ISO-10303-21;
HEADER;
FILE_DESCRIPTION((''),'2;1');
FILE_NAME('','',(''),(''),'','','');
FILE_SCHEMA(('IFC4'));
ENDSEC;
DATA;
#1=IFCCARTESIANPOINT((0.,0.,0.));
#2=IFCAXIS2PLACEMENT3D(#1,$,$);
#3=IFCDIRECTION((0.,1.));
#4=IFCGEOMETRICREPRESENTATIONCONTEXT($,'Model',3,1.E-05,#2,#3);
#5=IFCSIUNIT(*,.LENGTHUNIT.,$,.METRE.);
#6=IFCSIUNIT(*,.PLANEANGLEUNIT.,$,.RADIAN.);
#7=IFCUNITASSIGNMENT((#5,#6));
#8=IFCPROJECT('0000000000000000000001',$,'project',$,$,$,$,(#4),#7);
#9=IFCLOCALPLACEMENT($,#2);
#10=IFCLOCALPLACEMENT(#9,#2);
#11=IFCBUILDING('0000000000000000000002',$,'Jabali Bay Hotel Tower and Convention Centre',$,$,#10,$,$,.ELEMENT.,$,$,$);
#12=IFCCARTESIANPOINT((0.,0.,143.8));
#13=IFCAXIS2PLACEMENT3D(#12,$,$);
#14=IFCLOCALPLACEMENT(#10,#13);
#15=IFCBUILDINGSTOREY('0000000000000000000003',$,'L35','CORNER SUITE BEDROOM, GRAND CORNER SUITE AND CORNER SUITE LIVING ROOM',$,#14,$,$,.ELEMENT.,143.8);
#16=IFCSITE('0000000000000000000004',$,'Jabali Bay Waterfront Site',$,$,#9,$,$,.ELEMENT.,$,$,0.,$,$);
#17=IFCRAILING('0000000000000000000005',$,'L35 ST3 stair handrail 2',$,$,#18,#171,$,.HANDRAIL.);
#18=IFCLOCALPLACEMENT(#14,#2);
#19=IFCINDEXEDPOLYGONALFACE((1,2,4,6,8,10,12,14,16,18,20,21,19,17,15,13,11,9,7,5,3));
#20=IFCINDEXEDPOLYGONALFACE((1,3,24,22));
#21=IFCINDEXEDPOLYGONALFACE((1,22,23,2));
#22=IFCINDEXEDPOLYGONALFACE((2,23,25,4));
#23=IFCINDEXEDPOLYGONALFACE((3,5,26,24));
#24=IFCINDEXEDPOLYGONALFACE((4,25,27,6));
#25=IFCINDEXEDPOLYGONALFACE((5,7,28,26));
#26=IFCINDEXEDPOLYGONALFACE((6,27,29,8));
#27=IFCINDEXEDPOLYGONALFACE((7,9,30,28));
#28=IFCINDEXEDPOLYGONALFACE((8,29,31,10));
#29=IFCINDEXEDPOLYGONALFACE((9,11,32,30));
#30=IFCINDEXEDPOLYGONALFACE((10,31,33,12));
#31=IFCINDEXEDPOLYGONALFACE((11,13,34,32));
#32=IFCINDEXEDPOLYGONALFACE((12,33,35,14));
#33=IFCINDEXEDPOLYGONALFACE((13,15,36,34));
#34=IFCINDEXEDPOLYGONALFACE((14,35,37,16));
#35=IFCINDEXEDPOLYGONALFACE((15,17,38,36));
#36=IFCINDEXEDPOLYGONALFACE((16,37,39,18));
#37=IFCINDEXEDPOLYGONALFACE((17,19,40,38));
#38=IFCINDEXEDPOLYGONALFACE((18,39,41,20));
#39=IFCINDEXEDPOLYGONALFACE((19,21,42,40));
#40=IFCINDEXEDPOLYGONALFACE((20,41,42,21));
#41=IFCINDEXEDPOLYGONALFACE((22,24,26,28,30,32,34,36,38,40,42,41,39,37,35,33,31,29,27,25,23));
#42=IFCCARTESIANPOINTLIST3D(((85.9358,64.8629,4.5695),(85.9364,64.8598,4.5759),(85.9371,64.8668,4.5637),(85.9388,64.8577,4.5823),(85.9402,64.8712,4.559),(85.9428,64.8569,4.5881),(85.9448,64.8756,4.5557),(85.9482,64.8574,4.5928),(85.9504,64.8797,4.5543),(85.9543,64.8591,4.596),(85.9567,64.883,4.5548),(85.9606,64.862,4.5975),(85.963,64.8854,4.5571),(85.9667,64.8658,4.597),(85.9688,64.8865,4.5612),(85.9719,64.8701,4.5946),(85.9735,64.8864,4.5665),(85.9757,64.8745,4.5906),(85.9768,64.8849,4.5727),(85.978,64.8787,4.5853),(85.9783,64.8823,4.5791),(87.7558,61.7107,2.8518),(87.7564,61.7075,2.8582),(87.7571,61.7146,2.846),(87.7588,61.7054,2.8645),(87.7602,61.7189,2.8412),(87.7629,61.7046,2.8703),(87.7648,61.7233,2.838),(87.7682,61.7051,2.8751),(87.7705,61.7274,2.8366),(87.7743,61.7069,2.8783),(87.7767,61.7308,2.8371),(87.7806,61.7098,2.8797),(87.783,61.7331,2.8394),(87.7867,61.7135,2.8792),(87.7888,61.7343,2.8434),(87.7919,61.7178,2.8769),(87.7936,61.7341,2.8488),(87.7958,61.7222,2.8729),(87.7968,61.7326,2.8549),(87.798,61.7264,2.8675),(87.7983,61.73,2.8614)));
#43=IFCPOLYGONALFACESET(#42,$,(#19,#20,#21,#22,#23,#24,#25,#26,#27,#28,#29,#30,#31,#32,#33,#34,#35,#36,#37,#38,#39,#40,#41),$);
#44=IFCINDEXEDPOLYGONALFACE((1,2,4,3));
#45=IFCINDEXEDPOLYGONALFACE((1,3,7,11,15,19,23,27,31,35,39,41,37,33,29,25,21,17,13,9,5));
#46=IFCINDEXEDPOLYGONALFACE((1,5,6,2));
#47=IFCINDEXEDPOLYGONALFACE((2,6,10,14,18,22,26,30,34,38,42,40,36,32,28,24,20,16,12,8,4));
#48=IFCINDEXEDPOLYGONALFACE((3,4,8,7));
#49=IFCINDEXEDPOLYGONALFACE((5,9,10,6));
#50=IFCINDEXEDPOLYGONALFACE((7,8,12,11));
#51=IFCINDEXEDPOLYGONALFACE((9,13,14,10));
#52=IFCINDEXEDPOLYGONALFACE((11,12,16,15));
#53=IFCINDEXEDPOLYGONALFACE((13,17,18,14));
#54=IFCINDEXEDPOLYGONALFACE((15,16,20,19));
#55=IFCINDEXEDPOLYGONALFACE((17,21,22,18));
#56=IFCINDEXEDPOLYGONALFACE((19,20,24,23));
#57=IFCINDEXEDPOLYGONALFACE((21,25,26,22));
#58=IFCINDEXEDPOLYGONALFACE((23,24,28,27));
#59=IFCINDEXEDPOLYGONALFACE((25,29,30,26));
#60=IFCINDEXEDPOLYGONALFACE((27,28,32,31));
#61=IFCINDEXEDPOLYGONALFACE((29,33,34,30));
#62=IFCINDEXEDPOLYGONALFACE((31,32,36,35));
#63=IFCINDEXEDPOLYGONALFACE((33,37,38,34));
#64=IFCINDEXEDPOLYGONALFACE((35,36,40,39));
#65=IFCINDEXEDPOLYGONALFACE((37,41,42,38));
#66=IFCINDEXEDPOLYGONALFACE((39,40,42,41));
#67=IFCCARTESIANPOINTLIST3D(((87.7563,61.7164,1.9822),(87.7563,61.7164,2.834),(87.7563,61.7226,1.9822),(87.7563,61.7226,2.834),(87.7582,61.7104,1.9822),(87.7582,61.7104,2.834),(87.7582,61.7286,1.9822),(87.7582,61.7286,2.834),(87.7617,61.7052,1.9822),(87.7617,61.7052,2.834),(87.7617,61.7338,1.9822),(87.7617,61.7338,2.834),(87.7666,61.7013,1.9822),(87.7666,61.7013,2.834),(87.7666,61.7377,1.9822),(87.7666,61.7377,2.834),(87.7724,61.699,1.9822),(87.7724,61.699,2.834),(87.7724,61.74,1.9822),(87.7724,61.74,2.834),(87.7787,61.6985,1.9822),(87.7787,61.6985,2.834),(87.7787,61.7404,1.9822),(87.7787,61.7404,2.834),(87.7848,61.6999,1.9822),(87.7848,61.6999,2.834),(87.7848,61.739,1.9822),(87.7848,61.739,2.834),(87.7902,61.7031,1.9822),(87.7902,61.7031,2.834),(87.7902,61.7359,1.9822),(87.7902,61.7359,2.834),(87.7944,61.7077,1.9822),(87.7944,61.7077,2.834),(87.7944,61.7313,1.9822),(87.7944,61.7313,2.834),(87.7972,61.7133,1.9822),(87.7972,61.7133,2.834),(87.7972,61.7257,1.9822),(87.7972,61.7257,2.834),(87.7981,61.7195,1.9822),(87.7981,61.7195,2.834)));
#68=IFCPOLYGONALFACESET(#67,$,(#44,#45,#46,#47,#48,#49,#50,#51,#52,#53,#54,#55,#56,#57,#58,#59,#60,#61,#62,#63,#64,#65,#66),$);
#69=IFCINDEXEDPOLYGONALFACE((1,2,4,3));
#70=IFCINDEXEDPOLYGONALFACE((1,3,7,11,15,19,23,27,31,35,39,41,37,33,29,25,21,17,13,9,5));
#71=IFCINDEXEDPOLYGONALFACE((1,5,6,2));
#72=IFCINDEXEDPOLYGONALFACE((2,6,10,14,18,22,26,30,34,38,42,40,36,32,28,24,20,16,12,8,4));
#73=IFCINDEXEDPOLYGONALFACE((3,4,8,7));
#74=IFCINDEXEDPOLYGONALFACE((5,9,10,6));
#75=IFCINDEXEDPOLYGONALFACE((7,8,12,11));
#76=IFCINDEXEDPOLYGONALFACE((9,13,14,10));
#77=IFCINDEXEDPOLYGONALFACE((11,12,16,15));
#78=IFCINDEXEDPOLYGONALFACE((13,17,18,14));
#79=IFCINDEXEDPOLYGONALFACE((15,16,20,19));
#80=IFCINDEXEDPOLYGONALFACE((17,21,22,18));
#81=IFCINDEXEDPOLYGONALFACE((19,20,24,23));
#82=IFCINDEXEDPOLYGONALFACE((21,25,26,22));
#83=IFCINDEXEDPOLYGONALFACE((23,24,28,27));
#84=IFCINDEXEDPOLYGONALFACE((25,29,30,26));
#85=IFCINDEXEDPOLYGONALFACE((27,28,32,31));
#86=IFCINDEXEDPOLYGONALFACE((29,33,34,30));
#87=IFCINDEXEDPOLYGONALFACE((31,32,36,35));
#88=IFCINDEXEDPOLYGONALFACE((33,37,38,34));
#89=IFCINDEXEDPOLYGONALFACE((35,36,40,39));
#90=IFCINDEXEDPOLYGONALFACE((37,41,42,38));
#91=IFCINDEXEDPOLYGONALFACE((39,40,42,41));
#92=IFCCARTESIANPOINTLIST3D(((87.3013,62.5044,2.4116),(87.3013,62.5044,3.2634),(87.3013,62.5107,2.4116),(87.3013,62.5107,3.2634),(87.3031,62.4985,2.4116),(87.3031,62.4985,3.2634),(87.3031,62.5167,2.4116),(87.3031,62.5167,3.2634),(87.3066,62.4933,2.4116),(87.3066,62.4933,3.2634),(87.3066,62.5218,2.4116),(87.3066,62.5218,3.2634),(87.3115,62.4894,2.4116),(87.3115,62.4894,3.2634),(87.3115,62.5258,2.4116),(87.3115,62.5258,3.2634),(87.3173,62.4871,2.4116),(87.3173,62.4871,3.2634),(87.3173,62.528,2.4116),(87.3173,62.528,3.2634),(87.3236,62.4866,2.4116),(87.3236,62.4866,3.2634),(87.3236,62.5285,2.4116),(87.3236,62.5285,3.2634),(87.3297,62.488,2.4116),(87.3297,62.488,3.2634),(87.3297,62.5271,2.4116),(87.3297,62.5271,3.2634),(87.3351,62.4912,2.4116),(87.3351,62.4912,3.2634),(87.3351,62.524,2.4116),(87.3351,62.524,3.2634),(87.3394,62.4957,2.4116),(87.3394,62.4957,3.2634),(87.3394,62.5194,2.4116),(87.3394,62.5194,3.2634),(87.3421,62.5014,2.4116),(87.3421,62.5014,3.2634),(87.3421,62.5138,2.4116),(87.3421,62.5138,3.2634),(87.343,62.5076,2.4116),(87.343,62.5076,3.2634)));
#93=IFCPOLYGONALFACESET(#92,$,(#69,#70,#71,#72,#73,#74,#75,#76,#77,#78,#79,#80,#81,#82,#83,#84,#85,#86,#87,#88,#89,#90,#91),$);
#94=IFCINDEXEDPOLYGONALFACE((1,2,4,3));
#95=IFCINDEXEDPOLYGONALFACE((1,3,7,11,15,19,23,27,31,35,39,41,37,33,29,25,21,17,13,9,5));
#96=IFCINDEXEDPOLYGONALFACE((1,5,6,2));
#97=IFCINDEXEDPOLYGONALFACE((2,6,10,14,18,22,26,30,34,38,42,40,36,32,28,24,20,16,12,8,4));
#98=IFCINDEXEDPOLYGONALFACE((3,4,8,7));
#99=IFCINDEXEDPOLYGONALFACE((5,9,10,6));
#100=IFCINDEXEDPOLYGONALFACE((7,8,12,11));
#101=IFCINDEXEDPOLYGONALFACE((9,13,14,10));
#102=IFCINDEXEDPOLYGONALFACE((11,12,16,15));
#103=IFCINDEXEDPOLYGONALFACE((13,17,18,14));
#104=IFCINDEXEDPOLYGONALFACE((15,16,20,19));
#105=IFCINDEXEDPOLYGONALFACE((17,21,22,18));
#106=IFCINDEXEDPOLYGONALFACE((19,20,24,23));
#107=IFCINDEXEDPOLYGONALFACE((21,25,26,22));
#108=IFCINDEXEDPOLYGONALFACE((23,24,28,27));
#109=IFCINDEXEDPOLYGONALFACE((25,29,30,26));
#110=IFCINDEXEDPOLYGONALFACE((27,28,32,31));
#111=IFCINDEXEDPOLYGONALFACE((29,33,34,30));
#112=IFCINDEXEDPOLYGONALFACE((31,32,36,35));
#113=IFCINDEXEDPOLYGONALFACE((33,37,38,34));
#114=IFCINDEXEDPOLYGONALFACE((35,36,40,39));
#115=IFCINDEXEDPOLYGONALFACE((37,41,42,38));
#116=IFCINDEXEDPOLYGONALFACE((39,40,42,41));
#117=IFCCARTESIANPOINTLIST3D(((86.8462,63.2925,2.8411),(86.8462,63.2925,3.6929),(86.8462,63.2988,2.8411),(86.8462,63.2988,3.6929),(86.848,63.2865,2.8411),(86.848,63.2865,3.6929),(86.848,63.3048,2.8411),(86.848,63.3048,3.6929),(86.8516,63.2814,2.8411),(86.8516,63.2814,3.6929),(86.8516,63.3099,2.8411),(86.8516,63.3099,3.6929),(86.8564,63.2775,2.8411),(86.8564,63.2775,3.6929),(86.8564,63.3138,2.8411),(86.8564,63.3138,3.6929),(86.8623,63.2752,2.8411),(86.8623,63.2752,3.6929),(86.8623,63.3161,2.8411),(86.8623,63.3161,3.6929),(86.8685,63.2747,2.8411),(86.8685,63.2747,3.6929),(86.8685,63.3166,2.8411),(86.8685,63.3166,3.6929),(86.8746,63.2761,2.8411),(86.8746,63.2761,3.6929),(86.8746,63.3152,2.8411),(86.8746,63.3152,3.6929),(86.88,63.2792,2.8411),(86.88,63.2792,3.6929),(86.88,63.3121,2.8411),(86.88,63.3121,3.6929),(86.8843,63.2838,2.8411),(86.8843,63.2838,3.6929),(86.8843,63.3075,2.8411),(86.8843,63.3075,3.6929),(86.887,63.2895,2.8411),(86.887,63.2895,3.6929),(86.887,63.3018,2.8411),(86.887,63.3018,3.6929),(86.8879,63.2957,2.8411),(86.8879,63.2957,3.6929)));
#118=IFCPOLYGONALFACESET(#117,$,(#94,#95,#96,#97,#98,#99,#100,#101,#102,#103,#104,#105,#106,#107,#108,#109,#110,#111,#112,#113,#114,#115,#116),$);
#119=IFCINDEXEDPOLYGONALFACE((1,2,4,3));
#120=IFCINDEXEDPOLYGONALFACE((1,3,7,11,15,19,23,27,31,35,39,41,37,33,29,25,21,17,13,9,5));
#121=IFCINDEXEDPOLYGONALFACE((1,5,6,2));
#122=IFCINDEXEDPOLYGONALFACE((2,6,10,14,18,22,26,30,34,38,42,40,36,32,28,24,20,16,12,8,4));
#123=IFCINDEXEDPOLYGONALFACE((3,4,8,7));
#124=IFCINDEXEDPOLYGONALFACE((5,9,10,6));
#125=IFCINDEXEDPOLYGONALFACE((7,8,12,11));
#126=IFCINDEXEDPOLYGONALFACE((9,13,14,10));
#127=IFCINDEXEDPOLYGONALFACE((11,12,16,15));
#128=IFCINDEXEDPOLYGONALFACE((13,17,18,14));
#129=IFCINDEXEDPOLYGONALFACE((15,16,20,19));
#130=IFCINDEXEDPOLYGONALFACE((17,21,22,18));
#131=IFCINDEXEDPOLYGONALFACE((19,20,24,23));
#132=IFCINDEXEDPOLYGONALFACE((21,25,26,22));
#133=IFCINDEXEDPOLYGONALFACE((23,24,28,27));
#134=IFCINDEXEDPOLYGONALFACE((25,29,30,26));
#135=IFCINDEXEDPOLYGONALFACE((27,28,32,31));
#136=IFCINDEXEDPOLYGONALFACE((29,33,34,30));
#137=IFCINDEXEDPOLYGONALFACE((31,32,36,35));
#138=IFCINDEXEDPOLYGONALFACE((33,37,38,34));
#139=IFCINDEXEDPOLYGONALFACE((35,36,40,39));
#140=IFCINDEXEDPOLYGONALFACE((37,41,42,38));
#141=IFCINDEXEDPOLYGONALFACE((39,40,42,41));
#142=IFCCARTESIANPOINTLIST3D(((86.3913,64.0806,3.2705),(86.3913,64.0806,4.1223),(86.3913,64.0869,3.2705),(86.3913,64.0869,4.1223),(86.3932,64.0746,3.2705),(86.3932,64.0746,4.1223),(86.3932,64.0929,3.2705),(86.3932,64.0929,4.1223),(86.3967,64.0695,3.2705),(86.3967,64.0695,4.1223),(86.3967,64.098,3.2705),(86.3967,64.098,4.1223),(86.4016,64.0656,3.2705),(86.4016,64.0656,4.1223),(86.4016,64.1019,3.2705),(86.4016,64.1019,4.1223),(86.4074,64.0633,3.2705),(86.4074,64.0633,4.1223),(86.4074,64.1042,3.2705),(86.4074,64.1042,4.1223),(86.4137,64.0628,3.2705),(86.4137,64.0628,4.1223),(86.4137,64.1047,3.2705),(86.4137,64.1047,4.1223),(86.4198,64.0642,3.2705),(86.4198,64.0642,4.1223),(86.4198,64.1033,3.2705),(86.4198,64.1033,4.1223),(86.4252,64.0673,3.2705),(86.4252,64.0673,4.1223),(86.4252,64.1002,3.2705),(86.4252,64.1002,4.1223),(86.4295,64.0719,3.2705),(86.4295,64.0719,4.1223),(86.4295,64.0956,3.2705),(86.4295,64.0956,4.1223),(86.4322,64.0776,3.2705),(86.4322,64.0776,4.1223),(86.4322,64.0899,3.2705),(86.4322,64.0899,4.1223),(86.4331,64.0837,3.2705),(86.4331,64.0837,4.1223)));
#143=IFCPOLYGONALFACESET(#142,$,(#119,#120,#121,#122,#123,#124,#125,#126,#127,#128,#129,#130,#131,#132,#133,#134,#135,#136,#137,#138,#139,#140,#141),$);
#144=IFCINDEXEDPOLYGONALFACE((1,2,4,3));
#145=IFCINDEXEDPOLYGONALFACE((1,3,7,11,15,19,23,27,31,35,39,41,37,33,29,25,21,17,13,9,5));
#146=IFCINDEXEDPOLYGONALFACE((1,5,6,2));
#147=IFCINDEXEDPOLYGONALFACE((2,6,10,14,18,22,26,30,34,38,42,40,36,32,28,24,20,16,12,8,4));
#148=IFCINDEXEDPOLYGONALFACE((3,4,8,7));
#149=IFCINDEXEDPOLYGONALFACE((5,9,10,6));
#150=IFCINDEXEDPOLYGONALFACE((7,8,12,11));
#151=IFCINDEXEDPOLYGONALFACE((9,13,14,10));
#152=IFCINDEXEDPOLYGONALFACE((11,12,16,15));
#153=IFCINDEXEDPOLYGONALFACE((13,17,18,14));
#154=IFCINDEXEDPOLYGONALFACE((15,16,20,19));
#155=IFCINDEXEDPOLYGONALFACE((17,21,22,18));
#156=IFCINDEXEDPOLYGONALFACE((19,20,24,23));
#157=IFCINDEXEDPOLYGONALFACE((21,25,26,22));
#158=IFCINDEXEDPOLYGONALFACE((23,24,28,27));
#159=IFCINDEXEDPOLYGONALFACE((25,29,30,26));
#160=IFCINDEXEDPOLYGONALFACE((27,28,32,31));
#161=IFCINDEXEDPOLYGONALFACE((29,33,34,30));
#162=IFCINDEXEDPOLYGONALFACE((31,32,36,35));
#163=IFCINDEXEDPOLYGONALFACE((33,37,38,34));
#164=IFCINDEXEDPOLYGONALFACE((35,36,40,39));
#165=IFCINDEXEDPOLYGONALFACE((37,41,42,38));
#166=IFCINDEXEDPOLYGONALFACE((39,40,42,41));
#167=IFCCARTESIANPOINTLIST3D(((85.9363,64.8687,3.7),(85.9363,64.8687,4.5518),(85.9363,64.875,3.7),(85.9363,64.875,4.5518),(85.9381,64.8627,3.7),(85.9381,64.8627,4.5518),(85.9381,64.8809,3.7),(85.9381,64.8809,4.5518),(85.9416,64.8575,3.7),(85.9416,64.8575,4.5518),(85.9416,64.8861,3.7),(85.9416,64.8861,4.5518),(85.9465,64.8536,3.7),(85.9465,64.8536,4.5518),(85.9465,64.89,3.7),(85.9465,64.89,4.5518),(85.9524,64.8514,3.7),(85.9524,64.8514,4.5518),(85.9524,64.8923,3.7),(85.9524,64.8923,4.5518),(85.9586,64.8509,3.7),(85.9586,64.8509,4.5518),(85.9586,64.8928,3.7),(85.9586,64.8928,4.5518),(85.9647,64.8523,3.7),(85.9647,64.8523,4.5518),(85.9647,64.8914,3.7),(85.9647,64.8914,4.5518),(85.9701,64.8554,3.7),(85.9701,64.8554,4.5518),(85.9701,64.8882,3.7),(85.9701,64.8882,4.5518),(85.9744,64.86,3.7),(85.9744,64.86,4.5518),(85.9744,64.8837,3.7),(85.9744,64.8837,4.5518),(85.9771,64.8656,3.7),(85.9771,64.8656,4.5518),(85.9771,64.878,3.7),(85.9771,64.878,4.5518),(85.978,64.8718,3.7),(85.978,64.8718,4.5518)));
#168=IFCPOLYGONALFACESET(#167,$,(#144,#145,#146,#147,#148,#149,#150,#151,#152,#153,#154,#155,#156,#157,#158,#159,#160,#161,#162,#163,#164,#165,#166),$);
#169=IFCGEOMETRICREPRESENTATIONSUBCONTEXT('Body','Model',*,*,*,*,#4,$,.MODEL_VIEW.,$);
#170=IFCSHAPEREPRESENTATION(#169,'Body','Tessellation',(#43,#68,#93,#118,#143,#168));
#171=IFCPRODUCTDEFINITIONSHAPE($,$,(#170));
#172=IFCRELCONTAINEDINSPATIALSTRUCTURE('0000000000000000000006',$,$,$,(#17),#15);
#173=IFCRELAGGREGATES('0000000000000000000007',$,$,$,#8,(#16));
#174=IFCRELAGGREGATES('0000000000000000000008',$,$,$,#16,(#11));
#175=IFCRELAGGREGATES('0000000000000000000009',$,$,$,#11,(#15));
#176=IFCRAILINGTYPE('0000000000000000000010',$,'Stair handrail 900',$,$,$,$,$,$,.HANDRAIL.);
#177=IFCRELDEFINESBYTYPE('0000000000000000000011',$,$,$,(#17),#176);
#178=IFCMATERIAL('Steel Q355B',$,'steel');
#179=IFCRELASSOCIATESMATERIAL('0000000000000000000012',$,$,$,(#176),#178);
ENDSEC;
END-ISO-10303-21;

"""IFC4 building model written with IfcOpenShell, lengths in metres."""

from ifc_helpers import new_model, si_unit, direction, frame, origin, origin_2d, place, context, subcontext, project, spatial, circle, extrude, material, type_object, element, save


model = new_model("IFC4")

# Units and contexts
model_context = context("Model", 3, precision=1e-05, world=origin(), true_north=direction((0.0, 1.0)))
body_context = subcontext(model_context, "Body", "Model", "MODEL_VIEW")
ifc_project = project(units=[si_unit("LENGTHUNIT", "METRE"), si_unit("PLANEANGLEUNIT", "RADIAN")], contexts=[model_context])

# Site, building, storey
site_placement = place(None, origin())
site = spatial("IfcSite", under=ifc_project, at=site_placement, Name="Jabali Bay Waterfront Site", CompositionType="ELEMENT", RefElevation=0.0)
building_placement = place(site_placement, origin())
building = spatial("IfcBuilding", under=site, at=building_placement, Name="Jabali Bay Hotel Tower and Convention Centre", CompositionType="ELEMENT")
storey_placement = place(building_placement, frame((0.0, 0.0, 143.8)))
storey = spatial("IfcBuildingStorey", under=building, at=storey_placement, Name="L35", Description="CORNER SUITE BEDROOM, GRAND CORNER SUITE AND CORNER SUITE LIVING ROOM", CompositionType="ELEMENT", Elevation=143.8)

# Railing
ifc_material_1 = material(Name="Steel Q355B", Category="steel")
railing_type_1 = type_object("IfcRailingType", Name="Stair handrail 900", PredefinedType="HANDRAIL", material=ifc_material_1)
railing_1_placement = place(storey_placement, frame((87.7771, 61.7195, 1.9822)))
element("IfcRailing", 1, at=railing_1_placement, inside=storey, type_object=railing_type_1, Name="L35 ST3 stair handrail 2", PredefinedType="HANDRAIL", context=body_context, shape_type="SweptSolid", body=[
    extrude(circle(Radius=0.0239, at=origin_2d()), frame((0.0, 0.0, 0.876), z_axis=(-0.45219, 0.78319, 0.426775), x_axis=(-0.866018, -0.500013, 0.0)), (0.0, 0.0, 1.0), 4.0249),
    extrude(circle(Radius=0.021, at=origin_2d()), origin(), (0.0, 0.0, 1.0), 0.8518),
    extrude(circle(Radius=0.021, at=origin_2d()), frame((-0.4551, 0.7881, 0.4294)), (0.0, 0.0, 1.0), 0.8518),
    extrude(circle(Radius=0.021, at=origin_2d()), frame((-0.9102, 1.5762, 0.8589)), (0.0, 0.0, 1.0), 0.8518),
    extrude(circle(Radius=0.021, at=origin_2d()), frame((-1.365, 2.3643, 1.2883)), (0.0, 0.0, 1.0), 0.8518),
    extrude(circle(Radius=0.021, at=origin_2d()), frame((-1.8201, 3.1523, 1.7178)), (0.0, 0.0, 1.0), 0.8518),
])

save(model, "model.ifc")
